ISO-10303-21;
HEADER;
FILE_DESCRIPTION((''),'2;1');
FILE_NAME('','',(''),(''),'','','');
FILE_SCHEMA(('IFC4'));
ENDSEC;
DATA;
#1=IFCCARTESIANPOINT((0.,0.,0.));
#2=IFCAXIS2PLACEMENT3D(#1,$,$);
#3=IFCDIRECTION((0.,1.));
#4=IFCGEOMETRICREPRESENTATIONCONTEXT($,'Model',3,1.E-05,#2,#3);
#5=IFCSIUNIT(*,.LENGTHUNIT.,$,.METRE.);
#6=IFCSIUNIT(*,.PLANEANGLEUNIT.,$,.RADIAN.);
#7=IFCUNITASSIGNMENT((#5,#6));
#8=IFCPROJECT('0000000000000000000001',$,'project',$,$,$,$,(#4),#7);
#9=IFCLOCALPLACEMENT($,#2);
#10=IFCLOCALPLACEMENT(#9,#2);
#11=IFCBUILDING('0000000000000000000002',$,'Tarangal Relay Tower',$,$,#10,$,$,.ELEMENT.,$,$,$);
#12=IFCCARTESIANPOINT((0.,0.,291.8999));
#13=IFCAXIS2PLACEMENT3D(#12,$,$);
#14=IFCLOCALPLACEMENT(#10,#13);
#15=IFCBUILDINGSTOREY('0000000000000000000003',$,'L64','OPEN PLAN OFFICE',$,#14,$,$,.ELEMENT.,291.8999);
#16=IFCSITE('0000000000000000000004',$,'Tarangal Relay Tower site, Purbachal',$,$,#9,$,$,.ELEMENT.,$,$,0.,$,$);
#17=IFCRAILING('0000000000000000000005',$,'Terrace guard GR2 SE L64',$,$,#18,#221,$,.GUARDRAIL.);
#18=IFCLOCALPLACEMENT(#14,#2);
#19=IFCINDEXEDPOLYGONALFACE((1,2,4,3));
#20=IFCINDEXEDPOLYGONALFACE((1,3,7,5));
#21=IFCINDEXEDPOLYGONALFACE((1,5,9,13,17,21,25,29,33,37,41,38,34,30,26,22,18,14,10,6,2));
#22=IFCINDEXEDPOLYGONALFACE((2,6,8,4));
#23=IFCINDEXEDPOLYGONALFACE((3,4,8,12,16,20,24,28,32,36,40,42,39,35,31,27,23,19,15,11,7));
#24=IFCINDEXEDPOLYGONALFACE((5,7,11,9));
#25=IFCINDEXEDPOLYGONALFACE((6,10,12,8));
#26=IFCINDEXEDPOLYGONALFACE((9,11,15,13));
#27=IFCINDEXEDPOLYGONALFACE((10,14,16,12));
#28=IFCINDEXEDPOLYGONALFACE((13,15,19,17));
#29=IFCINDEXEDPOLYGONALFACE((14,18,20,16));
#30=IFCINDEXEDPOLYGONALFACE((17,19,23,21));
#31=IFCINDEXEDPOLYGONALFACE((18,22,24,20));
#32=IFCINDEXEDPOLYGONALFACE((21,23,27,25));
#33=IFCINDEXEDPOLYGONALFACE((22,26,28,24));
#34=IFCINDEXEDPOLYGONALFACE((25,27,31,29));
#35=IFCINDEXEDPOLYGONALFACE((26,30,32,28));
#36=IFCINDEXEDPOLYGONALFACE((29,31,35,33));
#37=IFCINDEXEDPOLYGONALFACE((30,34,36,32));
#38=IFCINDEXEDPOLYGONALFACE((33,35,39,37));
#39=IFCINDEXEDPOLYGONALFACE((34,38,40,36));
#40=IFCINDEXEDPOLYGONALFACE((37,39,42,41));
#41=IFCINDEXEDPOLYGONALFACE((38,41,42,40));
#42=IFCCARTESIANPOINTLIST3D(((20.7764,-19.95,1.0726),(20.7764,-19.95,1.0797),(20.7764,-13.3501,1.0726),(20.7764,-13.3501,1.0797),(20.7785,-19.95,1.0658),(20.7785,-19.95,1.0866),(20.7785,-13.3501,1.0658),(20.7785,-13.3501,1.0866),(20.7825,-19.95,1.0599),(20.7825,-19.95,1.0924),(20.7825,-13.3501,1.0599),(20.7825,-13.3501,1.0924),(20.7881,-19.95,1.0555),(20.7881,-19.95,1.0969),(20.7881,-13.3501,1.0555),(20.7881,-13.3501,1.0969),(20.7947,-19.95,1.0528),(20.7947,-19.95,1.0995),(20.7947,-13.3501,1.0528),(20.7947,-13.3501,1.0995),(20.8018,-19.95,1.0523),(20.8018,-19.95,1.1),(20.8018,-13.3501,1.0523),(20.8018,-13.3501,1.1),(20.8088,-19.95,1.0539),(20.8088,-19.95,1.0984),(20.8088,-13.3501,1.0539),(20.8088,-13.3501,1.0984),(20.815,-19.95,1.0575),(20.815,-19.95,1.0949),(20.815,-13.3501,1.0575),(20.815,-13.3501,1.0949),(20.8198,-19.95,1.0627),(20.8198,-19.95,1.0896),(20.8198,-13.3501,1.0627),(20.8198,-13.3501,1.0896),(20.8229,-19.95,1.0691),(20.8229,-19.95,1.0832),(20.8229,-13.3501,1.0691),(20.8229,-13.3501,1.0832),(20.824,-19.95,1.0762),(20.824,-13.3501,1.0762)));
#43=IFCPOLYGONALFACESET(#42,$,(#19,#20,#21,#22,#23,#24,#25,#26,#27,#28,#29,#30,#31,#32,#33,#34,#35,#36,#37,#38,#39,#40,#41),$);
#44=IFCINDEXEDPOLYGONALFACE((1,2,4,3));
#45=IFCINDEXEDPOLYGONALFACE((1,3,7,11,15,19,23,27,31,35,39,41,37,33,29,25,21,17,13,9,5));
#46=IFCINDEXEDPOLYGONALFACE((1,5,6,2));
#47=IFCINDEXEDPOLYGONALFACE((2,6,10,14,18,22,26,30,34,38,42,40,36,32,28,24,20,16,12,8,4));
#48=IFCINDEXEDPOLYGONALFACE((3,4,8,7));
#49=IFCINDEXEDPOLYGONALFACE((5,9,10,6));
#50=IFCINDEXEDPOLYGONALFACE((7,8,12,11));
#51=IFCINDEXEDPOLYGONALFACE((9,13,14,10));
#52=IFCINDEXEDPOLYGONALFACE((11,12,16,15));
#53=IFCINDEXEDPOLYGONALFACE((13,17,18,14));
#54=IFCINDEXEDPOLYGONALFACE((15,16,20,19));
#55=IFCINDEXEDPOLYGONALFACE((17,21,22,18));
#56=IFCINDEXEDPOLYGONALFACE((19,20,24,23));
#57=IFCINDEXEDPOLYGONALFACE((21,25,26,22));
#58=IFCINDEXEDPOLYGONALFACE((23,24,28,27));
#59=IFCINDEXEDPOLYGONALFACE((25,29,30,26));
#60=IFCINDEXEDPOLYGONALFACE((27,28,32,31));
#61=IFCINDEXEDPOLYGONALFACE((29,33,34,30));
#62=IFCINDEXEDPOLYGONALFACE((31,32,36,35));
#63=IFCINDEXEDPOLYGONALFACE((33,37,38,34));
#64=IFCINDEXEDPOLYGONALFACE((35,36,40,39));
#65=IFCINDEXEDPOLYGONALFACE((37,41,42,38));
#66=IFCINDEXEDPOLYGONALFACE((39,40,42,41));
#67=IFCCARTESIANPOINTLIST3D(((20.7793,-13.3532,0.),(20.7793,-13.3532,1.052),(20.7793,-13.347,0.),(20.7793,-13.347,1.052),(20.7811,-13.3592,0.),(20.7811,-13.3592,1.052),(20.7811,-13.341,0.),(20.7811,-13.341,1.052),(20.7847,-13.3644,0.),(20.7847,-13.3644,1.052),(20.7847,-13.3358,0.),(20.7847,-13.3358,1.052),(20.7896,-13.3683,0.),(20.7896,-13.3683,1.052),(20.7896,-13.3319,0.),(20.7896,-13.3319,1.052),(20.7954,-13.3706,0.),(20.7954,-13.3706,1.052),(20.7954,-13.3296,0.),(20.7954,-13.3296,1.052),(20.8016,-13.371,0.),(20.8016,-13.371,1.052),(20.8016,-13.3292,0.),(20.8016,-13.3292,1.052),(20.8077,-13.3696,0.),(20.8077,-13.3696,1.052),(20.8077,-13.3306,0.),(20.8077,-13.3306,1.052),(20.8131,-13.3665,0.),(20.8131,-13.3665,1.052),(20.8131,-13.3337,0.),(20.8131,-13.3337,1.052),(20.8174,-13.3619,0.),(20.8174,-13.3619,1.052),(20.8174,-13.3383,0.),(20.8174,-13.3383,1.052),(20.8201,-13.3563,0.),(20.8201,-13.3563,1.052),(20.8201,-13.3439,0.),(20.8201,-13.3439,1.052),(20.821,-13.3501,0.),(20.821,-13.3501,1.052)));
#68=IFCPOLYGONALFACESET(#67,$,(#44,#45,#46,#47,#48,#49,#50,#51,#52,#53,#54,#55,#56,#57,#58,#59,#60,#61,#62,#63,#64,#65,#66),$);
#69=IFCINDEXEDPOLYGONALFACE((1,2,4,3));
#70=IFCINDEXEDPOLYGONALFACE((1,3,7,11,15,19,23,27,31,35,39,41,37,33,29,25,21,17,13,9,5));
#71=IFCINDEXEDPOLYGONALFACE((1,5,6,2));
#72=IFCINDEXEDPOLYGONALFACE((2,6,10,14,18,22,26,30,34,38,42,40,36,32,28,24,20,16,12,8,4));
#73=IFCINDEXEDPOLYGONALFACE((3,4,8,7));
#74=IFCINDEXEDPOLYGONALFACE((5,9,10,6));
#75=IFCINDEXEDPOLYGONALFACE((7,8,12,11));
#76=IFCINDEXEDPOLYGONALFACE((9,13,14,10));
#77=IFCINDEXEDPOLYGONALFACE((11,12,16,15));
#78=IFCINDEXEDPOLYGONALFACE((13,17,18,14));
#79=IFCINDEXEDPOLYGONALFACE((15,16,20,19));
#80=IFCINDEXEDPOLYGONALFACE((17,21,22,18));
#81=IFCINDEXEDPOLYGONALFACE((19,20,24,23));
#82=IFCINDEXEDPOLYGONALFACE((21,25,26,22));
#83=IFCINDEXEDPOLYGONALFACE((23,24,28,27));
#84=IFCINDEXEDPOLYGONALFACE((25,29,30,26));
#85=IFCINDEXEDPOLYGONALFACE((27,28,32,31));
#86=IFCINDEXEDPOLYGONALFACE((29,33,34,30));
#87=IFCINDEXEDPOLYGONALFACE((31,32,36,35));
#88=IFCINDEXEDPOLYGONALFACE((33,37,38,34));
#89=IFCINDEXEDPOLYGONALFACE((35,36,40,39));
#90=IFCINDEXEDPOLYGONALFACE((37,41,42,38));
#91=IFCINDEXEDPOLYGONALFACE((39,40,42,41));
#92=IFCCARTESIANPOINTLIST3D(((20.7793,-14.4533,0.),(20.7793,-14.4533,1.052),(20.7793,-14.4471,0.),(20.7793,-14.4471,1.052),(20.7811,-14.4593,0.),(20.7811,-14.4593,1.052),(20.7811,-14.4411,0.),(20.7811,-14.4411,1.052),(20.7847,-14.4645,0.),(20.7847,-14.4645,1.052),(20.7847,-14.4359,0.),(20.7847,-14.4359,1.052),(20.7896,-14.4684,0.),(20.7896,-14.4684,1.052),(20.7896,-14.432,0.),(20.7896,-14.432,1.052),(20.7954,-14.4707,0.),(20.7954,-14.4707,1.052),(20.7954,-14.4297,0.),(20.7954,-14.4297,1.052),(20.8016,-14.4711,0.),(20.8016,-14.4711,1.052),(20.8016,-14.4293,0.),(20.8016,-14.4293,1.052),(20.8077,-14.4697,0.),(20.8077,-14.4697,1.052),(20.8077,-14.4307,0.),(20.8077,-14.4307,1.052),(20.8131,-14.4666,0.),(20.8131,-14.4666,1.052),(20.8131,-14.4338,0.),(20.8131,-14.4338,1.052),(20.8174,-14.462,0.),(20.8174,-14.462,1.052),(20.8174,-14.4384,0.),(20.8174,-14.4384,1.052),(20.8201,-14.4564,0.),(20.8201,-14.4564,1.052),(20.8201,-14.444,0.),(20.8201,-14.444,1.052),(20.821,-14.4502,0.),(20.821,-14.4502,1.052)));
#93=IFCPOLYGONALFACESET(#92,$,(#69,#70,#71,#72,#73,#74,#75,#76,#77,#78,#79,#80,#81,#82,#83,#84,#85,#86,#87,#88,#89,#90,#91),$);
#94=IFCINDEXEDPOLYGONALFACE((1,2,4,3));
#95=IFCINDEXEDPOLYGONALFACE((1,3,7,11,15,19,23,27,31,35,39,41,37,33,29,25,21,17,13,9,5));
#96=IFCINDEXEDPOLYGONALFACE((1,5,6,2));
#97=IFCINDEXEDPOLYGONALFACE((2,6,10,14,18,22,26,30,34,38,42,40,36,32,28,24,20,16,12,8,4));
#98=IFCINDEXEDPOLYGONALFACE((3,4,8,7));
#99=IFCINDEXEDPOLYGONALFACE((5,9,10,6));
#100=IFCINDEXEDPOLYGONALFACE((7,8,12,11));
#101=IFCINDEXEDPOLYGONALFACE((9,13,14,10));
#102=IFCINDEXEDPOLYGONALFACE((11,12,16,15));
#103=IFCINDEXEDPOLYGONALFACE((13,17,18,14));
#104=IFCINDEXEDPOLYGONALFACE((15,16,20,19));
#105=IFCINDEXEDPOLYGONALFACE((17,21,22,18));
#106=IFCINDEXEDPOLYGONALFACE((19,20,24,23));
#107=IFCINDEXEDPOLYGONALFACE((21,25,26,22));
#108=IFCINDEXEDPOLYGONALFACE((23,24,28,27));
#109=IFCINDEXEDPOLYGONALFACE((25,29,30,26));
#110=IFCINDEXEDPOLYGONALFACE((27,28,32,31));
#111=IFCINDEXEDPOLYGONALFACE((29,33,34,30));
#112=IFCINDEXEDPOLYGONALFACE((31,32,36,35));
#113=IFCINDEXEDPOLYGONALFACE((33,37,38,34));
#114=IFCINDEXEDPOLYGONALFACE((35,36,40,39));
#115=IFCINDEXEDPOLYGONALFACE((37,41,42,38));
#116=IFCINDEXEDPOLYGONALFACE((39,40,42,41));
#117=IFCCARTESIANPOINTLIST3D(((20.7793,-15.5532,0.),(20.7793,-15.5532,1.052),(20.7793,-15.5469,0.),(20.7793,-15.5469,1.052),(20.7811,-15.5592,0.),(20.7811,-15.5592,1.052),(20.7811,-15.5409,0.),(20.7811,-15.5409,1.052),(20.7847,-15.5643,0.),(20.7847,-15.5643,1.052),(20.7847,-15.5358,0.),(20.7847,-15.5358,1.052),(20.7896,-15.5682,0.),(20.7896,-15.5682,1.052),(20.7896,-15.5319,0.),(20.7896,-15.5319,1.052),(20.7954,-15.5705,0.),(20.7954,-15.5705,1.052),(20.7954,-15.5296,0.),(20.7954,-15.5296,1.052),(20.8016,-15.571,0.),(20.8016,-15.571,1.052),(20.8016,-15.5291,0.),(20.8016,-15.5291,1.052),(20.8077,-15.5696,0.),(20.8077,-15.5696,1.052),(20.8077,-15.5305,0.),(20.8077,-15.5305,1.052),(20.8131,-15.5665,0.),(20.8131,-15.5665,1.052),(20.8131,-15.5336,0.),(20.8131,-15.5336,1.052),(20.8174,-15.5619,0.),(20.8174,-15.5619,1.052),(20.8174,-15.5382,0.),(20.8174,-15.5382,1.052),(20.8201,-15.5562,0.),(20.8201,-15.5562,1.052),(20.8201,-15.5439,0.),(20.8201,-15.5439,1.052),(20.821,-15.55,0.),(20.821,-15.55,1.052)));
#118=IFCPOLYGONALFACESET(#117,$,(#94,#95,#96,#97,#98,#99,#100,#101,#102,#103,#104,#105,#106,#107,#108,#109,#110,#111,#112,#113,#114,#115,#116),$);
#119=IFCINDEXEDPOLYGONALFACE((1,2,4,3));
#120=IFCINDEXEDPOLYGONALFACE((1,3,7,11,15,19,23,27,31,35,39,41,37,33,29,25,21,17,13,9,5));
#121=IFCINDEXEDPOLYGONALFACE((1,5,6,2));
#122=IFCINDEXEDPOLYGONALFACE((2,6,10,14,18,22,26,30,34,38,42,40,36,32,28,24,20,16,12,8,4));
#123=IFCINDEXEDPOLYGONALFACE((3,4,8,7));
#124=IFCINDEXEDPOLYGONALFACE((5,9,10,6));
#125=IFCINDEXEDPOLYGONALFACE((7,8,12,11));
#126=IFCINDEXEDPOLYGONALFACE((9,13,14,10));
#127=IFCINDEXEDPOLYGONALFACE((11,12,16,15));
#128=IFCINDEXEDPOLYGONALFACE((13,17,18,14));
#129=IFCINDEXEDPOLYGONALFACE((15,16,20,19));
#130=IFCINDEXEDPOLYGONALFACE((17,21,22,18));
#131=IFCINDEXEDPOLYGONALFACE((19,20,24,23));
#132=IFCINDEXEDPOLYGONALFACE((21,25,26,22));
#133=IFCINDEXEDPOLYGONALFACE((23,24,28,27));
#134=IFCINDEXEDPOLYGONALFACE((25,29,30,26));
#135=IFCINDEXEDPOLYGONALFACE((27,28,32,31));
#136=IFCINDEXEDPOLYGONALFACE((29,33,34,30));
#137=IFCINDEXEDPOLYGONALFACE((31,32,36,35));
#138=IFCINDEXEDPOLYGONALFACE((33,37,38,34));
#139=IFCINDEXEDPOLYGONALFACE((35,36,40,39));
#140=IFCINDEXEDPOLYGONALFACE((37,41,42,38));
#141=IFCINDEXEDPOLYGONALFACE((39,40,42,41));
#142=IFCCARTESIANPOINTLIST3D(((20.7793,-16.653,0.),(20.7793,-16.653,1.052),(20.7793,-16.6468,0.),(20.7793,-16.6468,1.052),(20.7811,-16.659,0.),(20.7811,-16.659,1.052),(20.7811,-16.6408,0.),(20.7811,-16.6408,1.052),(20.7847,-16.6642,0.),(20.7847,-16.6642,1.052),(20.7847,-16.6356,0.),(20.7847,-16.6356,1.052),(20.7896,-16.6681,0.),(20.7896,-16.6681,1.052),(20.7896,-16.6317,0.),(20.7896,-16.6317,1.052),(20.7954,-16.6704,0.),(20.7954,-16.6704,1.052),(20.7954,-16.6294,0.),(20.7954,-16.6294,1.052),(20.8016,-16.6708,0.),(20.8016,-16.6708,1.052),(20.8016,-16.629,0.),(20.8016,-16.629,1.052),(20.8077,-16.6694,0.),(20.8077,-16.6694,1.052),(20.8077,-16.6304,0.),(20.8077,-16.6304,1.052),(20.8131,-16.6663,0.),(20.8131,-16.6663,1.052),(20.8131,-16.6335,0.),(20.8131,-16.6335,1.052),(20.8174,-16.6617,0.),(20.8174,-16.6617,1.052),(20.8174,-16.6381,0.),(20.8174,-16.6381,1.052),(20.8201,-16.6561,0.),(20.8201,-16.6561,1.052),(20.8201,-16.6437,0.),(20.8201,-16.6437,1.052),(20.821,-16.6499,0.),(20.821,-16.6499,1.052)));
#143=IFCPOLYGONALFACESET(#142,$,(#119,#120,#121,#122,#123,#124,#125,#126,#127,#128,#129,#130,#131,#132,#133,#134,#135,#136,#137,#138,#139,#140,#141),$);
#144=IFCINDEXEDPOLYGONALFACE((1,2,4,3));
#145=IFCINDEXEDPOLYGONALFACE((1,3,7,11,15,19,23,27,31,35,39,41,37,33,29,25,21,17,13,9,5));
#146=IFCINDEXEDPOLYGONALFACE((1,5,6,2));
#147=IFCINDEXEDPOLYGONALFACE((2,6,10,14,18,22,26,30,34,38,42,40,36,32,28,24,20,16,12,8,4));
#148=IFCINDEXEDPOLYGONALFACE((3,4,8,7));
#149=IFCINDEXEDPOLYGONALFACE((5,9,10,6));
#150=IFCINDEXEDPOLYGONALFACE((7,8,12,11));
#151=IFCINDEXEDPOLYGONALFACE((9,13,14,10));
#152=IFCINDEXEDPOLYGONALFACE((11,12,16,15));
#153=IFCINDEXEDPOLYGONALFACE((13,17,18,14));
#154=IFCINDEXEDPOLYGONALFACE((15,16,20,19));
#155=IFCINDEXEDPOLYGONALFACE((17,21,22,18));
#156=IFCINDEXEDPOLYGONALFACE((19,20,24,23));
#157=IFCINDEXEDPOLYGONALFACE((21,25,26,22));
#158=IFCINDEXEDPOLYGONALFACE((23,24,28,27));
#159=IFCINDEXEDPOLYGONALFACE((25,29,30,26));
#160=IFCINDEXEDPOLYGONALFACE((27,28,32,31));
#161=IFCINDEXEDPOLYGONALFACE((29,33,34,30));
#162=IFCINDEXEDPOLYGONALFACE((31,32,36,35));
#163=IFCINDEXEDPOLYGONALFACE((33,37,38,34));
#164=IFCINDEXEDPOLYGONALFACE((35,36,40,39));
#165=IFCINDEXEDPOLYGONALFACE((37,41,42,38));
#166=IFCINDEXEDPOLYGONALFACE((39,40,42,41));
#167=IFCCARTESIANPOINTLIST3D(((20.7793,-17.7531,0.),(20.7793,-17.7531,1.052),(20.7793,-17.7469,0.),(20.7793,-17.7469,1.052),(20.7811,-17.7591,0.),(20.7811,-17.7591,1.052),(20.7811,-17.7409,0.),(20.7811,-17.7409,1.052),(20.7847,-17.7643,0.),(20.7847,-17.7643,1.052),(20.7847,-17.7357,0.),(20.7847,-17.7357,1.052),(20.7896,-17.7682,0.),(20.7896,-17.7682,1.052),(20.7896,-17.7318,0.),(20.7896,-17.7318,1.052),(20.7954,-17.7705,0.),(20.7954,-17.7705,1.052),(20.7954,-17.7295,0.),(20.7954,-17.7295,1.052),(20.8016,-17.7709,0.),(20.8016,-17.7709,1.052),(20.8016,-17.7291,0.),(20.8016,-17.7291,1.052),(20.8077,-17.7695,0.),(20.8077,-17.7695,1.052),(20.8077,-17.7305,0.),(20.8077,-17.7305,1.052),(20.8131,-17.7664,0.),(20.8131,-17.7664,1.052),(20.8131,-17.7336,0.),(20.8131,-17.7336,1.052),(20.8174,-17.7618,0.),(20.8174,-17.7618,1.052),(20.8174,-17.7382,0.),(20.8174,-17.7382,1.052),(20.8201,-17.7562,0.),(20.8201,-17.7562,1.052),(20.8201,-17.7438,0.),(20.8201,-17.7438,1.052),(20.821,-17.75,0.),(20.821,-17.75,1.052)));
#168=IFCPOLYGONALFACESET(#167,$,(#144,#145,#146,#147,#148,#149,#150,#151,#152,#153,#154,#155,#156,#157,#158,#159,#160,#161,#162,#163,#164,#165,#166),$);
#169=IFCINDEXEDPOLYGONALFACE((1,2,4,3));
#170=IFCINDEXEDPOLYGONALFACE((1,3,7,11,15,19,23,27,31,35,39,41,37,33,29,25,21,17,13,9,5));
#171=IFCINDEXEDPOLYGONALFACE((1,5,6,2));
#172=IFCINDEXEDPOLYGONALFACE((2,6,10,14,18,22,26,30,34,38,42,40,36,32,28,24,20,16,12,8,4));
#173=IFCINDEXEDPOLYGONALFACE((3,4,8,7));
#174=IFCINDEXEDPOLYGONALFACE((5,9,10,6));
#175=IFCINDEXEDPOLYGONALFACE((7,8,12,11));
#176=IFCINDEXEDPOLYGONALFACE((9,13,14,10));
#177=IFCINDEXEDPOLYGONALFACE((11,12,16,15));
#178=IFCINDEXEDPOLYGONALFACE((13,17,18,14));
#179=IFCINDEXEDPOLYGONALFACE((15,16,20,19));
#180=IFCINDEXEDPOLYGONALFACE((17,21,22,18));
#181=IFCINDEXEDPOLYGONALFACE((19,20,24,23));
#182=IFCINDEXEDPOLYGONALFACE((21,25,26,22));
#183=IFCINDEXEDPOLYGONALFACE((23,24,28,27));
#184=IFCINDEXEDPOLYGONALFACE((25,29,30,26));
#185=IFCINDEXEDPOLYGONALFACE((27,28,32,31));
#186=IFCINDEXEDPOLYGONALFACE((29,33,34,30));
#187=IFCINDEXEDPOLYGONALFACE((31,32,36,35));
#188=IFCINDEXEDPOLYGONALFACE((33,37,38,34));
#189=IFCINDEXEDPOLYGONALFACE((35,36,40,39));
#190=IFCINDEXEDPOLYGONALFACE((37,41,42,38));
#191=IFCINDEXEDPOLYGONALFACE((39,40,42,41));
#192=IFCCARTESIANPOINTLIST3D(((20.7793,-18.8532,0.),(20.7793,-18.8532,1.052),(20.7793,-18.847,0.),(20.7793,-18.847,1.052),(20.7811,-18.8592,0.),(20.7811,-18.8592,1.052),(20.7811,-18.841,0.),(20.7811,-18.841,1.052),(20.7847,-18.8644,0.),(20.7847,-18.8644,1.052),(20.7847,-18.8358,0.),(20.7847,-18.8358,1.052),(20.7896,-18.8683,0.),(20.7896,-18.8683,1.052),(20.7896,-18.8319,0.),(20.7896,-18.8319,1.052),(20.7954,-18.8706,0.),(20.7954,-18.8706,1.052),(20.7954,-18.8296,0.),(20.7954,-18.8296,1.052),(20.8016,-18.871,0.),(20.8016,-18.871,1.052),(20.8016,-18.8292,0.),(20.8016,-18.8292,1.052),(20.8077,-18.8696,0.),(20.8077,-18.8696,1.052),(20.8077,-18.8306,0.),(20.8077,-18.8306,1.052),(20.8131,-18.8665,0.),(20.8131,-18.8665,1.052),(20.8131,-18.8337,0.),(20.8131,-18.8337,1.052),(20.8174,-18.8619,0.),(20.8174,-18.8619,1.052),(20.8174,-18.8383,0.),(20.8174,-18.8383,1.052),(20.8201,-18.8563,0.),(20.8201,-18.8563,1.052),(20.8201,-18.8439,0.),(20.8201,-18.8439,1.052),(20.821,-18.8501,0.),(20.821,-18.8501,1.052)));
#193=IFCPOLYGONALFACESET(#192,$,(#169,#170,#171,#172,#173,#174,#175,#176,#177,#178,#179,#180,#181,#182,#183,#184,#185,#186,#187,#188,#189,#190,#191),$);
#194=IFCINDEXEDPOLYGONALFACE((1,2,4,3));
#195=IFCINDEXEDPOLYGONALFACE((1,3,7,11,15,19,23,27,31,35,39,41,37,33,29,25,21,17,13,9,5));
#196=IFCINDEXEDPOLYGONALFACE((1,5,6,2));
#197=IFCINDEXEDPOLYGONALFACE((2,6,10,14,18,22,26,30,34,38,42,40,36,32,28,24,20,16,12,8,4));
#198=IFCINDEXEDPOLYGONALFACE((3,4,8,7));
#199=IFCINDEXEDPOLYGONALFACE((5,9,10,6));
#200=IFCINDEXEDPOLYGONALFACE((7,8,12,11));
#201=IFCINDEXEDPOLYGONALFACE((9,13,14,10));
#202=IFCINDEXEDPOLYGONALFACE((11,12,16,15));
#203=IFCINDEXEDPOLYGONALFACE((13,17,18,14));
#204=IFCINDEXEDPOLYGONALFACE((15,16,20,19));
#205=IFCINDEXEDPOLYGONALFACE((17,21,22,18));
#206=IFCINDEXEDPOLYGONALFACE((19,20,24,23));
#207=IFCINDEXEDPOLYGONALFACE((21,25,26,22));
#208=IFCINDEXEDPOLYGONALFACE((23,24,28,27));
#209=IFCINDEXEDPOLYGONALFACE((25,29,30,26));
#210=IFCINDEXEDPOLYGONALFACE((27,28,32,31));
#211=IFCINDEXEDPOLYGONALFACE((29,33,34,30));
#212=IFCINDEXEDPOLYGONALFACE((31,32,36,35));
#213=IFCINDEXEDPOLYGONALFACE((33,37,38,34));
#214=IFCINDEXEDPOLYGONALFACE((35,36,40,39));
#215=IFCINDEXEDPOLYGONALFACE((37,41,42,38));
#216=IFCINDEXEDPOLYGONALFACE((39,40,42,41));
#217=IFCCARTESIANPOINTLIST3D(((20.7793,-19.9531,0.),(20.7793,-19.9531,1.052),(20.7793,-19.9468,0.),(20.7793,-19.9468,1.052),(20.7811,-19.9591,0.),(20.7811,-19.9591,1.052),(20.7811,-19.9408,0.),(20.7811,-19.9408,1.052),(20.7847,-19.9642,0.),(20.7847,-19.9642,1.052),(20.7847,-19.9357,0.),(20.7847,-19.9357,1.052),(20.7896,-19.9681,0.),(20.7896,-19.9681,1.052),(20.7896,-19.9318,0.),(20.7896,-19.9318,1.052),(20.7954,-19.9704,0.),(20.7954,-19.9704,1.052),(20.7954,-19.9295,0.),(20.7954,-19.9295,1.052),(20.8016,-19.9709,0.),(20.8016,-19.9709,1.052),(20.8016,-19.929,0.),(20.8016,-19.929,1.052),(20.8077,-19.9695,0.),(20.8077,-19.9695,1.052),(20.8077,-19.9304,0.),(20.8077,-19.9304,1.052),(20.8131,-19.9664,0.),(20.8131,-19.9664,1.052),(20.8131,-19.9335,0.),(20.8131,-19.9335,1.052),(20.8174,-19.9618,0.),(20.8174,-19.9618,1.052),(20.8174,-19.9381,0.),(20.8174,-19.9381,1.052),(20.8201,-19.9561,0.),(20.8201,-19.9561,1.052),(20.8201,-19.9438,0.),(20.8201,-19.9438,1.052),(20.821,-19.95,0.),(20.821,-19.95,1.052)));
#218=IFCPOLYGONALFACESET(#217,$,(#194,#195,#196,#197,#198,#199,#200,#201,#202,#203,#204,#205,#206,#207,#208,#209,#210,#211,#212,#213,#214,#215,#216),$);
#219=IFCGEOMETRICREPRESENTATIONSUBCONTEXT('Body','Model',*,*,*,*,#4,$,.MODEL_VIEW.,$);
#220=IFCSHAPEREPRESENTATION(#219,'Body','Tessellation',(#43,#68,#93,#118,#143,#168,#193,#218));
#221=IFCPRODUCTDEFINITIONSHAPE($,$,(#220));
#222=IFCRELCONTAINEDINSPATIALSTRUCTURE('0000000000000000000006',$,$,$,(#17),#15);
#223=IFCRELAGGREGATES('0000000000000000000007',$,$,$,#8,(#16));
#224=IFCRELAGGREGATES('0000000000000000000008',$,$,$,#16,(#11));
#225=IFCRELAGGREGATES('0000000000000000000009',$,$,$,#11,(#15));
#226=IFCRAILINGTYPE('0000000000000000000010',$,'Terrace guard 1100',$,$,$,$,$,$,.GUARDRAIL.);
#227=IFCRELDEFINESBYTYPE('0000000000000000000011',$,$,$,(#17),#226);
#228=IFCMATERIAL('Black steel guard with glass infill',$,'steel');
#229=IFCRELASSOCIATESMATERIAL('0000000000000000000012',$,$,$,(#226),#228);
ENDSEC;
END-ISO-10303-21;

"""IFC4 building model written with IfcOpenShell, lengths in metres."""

from ifc_helpers import new_model, si_unit, direction, frame, origin, origin_2d, place, context, subcontext, project, spatial, circle, extrude, material, type_object, element, save


model = new_model("IFC4")

# Units and contexts
model_context = context("Model", 3, precision=1e-05, world=origin(), true_north=direction((0.0, 1.0)))
body_context = subcontext(model_context, "Body", "Model", "MODEL_VIEW")
ifc_project = project(units=[si_unit("LENGTHUNIT", "METRE"), si_unit("PLANEANGLEUNIT", "RADIAN")], contexts=[model_context])

# Site, building, storey
site_placement = place(None, origin())
site = spatial("IfcSite", under=ifc_project, at=site_placement, Name="Tarangal Relay Tower site, Purbachal", CompositionType="ELEMENT", RefElevation=0.0)
building_placement = place(site_placement, origin())
building = spatial("IfcBuilding", under=site, at=building_placement, Name="Tarangal Relay Tower", CompositionType="ELEMENT")
storey_placement = place(building_placement, frame((0.0, 0.0, 291.8999)))
storey = spatial("IfcBuildingStorey", under=building, at=storey_placement, Name="L64", Description="OPEN PLAN OFFICE", CompositionType="ELEMENT", Elevation=291.8999)

# Railing
ifc_material_1 = material(Name="Black steel guard with glass infill", Category="steel")
railing_type = type_object("IfcRailingType", Name="Terrace guard 1100", PredefinedType="GUARDRAIL", material=ifc_material_1)
railing_1_placement = place(storey_placement, frame((20.8, -13.3501, 0.0)))
element("IfcRailing", 1, at=railing_1_placement, inside=storey, type_object=railing_type, Name="Terrace guard GR2 SE L64", PredefinedType="GUARDRAIL", context=body_context, shape_type="SweptSolid", body=[
    extrude(circle(Radius=0.0239, at=origin_2d()), frame((0.0, 0.0, 1.0762), z_axis=(0.0, -1.0, 0.0), x_axis=(1.0, 0.0, 0.0)), (0.0, 0.0, 1.0), 6.5999),
    extrude(circle(Radius=0.021, at=origin_2d()), origin(), (0.0, 0.0, 1.0), 1.052),
    extrude(circle(Radius=0.021, at=origin_2d()), frame((0.0, -1.1001, 0.0)), (0.0, 0.0, 1.0), 1.052),
    extrude(circle(Radius=0.021, at=origin_2d()), frame((0.0, -2.2, 0.0)), (0.0, 0.0, 1.0), 1.052),
    extrude(circle(Radius=0.021, at=origin_2d()), frame((0.0, -3.2998, 0.0)), (0.0, 0.0, 1.0), 1.052),
    extrude(circle(Radius=0.021, at=origin_2d()), frame((0.0, -4.3999, 0.0)), (0.0, 0.0, 1.0), 1.052),
    extrude(circle(Radius=0.021, at=origin_2d()), frame((0.0, -5.5, 0.0)), (0.0, 0.0, 1.0), 1.052),
    extrude(circle(Radius=0.021, at=origin_2d()), frame((0.0, -6.5999, 0.0)), (0.0, 0.0, 1.0), 1.052),
])

save(model, "model.ifc")
